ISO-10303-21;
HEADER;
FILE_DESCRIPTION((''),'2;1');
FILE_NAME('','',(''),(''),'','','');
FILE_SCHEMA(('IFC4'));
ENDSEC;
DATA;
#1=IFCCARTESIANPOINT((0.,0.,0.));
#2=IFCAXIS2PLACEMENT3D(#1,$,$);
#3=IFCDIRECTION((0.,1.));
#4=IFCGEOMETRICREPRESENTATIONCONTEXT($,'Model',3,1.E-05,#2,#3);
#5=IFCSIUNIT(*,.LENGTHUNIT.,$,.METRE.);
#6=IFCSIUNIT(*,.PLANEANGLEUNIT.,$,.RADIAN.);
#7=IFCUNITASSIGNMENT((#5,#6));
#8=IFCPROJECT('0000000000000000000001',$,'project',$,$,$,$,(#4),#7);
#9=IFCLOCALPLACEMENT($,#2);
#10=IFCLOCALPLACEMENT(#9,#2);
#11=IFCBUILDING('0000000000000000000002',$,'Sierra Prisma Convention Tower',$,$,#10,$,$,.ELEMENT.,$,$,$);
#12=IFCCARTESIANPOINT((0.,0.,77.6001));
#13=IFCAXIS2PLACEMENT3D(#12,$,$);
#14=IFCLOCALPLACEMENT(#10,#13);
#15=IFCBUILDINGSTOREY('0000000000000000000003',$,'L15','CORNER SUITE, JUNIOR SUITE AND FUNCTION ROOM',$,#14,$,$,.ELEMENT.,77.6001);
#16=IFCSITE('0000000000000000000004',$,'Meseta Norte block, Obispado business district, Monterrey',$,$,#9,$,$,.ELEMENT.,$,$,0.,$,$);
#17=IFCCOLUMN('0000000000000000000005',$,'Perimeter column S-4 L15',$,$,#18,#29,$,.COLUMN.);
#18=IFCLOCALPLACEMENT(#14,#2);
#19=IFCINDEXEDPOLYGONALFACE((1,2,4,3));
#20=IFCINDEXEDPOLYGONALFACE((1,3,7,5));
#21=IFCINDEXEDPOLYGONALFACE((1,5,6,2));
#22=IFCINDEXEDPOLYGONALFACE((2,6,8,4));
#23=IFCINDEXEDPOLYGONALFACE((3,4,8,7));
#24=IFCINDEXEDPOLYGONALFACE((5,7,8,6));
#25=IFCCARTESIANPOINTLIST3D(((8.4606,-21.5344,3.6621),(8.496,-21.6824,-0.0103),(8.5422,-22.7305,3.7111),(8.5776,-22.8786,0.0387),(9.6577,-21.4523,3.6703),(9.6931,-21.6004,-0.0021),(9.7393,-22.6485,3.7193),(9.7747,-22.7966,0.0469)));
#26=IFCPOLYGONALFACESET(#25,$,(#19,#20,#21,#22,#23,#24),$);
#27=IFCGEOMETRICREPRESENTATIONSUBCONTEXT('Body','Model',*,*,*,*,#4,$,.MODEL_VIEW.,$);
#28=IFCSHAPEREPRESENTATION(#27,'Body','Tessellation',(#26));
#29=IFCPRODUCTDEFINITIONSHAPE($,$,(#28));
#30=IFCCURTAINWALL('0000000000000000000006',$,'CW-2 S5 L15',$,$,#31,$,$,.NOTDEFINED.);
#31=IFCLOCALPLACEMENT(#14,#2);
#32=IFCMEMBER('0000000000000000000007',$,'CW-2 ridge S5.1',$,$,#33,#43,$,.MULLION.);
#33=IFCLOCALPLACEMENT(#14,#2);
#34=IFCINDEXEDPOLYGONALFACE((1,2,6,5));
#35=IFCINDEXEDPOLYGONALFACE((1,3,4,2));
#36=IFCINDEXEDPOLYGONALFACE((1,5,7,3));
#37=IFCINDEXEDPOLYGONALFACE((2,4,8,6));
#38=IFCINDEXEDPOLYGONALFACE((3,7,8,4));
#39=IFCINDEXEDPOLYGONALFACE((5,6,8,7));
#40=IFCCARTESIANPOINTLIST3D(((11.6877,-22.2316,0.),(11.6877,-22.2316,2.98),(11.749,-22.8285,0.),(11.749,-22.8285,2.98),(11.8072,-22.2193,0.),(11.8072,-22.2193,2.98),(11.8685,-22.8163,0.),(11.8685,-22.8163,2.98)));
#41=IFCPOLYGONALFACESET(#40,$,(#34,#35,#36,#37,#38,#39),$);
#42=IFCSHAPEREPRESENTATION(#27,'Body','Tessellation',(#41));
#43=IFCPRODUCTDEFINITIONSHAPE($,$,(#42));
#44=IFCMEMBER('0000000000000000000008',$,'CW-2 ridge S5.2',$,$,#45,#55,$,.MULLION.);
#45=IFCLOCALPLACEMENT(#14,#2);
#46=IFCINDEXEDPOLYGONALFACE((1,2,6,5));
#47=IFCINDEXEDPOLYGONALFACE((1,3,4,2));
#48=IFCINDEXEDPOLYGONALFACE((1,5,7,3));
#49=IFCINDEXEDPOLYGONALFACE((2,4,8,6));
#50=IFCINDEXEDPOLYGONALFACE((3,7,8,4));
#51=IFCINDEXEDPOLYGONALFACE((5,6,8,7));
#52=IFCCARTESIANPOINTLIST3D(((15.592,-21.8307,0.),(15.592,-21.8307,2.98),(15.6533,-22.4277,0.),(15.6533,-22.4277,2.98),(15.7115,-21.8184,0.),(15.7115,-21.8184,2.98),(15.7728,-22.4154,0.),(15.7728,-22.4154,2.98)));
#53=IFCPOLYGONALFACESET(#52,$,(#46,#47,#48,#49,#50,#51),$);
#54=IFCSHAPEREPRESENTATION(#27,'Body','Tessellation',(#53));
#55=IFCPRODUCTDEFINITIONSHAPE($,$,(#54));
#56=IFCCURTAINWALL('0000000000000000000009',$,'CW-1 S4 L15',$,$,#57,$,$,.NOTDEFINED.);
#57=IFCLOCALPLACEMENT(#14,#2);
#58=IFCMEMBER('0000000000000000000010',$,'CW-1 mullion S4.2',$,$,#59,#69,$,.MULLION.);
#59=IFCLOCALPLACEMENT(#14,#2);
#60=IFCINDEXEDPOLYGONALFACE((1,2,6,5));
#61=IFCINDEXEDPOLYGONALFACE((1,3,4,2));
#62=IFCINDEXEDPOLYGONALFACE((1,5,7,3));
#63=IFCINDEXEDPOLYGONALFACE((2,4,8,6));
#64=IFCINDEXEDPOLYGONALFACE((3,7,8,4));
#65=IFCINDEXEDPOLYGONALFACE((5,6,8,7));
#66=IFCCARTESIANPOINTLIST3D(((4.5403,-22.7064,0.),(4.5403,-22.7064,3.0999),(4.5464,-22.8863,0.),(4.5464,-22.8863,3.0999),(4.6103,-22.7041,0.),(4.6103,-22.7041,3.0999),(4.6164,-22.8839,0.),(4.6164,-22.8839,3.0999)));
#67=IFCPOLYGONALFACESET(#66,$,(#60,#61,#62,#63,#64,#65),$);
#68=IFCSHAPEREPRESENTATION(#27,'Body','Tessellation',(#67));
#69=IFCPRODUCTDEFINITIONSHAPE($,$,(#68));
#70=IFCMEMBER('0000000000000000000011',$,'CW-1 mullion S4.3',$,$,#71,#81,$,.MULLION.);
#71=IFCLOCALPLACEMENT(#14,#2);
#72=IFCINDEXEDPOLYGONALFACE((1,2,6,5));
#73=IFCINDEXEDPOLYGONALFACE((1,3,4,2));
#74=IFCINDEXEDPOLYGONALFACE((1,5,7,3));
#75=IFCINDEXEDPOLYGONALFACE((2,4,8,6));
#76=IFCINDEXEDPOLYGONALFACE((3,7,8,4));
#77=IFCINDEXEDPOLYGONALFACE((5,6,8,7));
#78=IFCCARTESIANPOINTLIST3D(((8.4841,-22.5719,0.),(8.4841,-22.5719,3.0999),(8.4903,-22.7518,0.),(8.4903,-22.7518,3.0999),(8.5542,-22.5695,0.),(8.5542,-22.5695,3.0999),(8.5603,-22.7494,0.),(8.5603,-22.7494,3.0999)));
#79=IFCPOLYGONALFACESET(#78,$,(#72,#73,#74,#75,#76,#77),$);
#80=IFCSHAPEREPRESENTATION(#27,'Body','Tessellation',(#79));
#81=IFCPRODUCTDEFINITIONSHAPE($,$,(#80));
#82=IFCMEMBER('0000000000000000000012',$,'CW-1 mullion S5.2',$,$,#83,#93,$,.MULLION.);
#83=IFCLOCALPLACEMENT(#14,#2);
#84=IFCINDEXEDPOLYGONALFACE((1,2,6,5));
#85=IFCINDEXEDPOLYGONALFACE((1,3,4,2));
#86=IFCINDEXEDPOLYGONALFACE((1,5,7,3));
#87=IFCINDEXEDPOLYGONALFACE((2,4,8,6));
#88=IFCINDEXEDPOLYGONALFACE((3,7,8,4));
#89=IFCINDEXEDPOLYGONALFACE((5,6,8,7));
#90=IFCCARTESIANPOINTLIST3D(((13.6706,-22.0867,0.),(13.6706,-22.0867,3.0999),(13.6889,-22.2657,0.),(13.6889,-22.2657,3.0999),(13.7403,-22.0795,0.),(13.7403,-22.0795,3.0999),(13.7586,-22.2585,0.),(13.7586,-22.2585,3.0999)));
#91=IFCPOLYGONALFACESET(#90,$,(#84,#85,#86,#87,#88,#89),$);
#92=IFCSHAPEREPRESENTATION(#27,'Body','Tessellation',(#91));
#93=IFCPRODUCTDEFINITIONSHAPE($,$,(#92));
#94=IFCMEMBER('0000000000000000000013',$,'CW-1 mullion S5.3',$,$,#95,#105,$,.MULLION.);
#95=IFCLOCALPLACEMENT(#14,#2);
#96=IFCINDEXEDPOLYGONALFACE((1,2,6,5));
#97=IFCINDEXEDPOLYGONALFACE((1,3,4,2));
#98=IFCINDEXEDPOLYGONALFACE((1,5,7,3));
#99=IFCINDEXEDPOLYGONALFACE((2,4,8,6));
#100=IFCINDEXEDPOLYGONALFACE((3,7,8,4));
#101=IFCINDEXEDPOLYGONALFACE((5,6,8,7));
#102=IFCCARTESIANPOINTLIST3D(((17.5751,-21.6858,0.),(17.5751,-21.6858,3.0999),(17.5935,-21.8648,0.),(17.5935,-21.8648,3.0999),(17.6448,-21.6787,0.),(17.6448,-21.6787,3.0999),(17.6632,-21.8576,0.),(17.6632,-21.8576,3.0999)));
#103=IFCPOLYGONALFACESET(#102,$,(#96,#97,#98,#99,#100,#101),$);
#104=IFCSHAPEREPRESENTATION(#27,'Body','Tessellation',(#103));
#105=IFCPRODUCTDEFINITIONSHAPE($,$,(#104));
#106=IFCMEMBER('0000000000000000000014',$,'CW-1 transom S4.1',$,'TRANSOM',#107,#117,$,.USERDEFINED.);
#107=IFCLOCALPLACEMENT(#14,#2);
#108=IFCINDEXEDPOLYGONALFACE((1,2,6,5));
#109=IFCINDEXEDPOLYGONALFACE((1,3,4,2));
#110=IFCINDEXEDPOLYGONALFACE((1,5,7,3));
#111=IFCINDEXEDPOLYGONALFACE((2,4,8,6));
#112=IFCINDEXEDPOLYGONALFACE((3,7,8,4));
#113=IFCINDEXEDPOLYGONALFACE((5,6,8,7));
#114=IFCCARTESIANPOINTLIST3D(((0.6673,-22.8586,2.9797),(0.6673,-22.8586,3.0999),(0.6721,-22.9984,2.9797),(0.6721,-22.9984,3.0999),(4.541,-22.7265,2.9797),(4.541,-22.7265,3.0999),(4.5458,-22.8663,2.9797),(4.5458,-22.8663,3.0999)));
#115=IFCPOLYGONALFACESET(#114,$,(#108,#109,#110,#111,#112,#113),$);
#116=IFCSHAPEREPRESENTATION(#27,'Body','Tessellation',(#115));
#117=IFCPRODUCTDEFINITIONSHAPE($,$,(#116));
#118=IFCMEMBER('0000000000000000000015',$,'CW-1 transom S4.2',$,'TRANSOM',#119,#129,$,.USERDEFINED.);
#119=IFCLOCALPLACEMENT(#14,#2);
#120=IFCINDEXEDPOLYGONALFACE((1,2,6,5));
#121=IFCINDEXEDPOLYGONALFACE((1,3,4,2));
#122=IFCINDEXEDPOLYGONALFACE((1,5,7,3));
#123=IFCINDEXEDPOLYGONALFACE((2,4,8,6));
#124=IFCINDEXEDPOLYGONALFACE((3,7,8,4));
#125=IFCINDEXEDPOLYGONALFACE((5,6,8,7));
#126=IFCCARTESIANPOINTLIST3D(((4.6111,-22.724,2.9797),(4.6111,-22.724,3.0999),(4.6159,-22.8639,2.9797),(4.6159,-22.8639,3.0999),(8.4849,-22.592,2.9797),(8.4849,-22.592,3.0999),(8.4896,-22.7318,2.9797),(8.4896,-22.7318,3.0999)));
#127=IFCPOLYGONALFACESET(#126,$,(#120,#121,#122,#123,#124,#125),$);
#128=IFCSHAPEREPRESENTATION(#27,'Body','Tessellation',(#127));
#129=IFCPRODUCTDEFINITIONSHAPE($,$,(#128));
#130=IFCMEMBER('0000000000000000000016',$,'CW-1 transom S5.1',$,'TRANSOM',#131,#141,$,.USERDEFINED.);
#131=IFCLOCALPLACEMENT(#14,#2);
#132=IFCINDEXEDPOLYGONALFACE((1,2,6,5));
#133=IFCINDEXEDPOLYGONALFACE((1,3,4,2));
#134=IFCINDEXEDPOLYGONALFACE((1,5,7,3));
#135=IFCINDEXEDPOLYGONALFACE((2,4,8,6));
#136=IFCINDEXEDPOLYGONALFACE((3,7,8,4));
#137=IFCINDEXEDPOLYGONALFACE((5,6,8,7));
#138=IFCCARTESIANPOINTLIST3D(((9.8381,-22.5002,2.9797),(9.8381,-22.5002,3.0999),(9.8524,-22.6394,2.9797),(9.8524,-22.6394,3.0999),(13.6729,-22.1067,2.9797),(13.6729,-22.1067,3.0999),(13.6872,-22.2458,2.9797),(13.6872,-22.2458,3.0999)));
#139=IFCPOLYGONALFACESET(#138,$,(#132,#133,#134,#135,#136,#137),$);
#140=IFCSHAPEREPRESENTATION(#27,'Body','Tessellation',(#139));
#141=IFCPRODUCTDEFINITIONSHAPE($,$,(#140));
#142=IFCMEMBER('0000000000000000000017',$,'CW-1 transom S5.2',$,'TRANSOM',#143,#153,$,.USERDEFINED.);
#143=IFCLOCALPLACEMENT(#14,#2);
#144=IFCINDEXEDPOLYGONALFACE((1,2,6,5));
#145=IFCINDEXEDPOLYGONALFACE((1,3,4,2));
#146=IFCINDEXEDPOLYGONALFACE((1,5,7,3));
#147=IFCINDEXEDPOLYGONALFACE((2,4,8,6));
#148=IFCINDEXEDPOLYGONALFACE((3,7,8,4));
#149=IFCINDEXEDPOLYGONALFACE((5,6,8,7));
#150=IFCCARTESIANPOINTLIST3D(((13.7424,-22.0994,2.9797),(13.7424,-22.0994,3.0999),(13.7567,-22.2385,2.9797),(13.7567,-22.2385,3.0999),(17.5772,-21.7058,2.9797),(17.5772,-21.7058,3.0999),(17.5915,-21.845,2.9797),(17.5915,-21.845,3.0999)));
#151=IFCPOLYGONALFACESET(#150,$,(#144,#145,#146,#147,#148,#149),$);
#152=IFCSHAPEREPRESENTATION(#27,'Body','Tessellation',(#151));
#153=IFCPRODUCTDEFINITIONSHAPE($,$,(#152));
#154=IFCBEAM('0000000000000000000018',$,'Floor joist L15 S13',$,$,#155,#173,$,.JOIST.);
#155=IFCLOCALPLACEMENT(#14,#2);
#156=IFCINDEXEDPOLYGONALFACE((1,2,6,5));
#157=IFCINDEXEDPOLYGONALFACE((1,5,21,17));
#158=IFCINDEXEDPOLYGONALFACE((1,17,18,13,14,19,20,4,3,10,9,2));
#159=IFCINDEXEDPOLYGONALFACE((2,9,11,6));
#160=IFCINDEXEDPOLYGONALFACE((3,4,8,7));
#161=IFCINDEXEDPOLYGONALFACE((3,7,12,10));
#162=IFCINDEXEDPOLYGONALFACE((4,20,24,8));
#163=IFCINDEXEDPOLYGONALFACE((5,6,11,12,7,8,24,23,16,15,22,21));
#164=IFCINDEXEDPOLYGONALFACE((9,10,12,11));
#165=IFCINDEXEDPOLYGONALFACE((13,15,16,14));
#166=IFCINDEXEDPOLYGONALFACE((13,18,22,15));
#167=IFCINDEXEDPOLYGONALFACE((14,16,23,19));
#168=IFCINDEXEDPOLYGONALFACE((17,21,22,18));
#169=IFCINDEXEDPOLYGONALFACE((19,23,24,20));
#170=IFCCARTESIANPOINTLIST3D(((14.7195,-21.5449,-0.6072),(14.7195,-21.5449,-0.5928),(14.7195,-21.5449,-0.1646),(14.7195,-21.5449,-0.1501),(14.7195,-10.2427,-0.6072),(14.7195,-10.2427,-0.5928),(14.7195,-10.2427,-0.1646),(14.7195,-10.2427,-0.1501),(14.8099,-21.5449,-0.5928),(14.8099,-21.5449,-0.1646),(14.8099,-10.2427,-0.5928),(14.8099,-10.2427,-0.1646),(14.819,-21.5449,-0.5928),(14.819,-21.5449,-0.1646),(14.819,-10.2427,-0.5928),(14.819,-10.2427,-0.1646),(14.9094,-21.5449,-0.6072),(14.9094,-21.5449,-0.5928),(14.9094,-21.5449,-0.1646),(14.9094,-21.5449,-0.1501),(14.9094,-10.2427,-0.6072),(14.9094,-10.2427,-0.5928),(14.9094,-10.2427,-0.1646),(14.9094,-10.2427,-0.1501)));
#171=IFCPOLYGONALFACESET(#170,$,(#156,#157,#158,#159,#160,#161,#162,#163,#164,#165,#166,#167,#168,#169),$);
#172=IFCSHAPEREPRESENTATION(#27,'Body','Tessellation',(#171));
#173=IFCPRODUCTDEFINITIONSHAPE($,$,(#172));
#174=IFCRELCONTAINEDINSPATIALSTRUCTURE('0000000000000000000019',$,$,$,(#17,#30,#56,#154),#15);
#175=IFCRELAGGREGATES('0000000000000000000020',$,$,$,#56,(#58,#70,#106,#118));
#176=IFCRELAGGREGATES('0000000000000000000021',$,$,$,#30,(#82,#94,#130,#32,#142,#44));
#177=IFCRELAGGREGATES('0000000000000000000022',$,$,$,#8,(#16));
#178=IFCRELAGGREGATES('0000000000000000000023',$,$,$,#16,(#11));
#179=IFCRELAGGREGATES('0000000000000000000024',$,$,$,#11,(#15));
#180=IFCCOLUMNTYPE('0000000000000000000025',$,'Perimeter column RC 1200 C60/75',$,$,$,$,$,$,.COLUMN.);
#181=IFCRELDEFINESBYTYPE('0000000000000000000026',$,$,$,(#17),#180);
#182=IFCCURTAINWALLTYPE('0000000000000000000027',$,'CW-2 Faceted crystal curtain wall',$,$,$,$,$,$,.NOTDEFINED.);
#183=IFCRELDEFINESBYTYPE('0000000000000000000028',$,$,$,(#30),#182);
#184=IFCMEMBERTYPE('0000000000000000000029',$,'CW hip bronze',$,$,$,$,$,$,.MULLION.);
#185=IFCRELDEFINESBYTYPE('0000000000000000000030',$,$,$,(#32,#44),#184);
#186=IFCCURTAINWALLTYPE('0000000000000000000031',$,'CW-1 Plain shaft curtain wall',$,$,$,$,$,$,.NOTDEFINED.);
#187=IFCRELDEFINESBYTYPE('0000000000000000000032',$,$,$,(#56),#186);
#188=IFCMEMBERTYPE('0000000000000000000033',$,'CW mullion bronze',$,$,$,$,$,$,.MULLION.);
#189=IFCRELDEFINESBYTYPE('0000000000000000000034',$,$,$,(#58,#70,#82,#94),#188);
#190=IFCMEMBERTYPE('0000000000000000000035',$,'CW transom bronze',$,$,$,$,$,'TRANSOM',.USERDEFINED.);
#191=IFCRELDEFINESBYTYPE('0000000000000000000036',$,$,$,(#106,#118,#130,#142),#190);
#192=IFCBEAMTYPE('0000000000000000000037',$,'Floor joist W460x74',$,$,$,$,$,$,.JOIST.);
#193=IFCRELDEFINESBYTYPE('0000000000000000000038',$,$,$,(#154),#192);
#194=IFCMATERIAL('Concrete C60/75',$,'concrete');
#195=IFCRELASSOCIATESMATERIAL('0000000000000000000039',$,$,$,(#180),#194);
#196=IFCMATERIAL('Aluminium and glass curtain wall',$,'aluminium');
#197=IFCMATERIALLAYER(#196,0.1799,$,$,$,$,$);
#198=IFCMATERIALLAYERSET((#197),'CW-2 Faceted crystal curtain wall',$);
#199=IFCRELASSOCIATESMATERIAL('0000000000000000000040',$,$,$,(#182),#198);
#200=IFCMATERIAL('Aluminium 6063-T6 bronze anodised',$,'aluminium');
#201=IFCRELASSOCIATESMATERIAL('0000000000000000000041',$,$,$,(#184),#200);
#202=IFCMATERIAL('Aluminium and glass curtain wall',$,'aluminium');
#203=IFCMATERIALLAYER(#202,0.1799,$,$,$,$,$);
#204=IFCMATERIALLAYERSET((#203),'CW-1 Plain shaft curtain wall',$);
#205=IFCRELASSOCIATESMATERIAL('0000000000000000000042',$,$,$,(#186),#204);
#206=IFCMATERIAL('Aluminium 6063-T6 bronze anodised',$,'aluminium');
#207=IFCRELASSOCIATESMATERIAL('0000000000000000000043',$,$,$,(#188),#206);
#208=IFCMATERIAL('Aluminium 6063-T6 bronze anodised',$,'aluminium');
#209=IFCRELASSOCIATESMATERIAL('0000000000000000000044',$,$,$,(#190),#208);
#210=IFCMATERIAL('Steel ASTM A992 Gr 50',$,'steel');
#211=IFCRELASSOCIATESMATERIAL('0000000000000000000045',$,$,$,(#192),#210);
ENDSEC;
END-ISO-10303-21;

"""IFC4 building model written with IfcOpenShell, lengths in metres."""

from ifc_helpers import new_model, si_unit, direction, frame, origin, origin_2d, place, context, subcontext, project, spatial, rectangle, i_section, extrude, clip, halfspace, material, layer, layer_set, material_profile, profile_set, type_object, element, aggregate, save


model = new_model("IFC4")

# Units and contexts
model_context = context("Model", 3, precision=1e-05, world=origin(), true_north=direction((0.0, 1.0)))
body_context = subcontext(model_context, "Body", "Model", "MODEL_VIEW")
ifc_project = project(units=[si_unit("LENGTHUNIT", "METRE"), si_unit("PLANEANGLEUNIT", "RADIAN")], contexts=[model_context])

# Site, building, storey
site_placement = place(None, origin())
site = spatial("IfcSite", under=ifc_project, at=site_placement, Name="Meseta Norte block, Obispado business district, Monterrey", CompositionType="ELEMENT", RefElevation=0.0)
building_placement = place(site_placement, origin())
building = spatial("IfcBuilding", under=site, at=building_placement, Name="Sierra Prisma Convention Tower", CompositionType="ELEMENT")
storey_placement = place(building_placement, frame((0.0, 0.0, 77.6001)))
storey = spatial("IfcBuildingStorey", under=building, at=storey_placement, Name="L15", Description="CORNER SUITE, JUNIOR SUITE AND FUNCTION ROOM", CompositionType="ELEMENT", Elevation=77.6001)

# Column
ifc_material_1 = material(Name="Concrete C60/75", Category="concrete")
ifc_material_profile_1 = material_profile(ifc_material_1, rectangle(XDim=1.2, YDim=1.2, at=origin_2d()), Name="Perimeter column RC 1200 C60/75")
ifc_profile_set_1 = profile_set([ifc_material_profile_1], Name="Concrete C60/75")
column_type = type_object("IfcColumnType", Name="Perimeter column RC 1200 C60/75", PredefinedType="COLUMN", material=ifc_profile_set_1)
column_placement = place(storey_placement, frame((9.1355, -22.2402, 0.0), z_axis=(-0.009626, 0.040282, 0.999142), x_axis=(0.997638, 0.068354, 0.006855)))
element("IfcColumn", 1, at=column_placement, inside=storey, type_object=column_type, Name="Perimeter column S-4 L15", PredefinedType="COLUMN", context=body_context, shape_type="SweptSolid", body=[
    clip(clip(extrude(rectangle(XDim=1.2, YDim=1.2, at=origin_2d()), origin(), (0.0, 0.0, 1.0), 3.7031), halfspace(frame((0.0, 0.0, 0.0183)), True)), halfspace(frame((0.0, 0.0, 3.6938)), False)),
])

# Curtain walls, members
ifc_material_2 = material(Name="Aluminium and glass curtain wall", Category="aluminium")
ifc_layer_1 = layer(ifc_material_2, 0.1799)
ifc_layer_set_1 = layer_set([ifc_layer_1], Name="CW-2 Faceted crystal curtain wall")
curtain_wall_type_1 = type_object("IfcCurtainWallType", Name="CW-2 Faceted crystal curtain wall", PredefinedType="NOTDEFINED", material=ifc_layer_set_1)
curtain_wall_1_placement = place(storey_placement, origin())
curtain_wall_1 = element("IfcCurtainWall", 2, at=curtain_wall_1_placement, inside=storey, type_object=curtain_wall_type_1, Name="CW-2 S5 L15", PredefinedType="NOTDEFINED")
ifc_material_3 = material(Name="Aluminium 6063-T6 bronze anodised", Category="aluminium")
ifc_material_profile_2 = material_profile(ifc_material_3, rectangle(XDim=0.1201, YDim=0.6001, at=origin_2d()), Name="ALU RIDGE BLADE 120x600")
ifc_profile_set_2 = profile_set([ifc_material_profile_2], Name="Aluminium 6063-T6 bronze anodised")
member_type_1 = type_object("IfcMemberType", Name="CW hip bronze", PredefinedType="MULLION", material=ifc_profile_set_2)
member_1_placement = place(storey_placement, frame((11.7781, -22.5239, 0.0), z_axis=(0.0, 0.0, 1.0), x_axis=(0.994773, 0.102112, 0.0)))
member_1 = element("IfcMember", 3, at=member_1_placement, type_object=member_type_1, Name="CW-2 ridge S5.1", PredefinedType="MULLION", context=body_context, shape_type="SweptSolid", body=[
    extrude(rectangle(XDim=0.1201, YDim=0.6001, at=origin_2d()), origin(), (0.0, 0.0, 1.0), 2.98),
])
member_2_placement = place(storey_placement, frame((15.6824, -22.123, 0.0), z_axis=(0.0, 0.0, 1.0), x_axis=(0.994773, 0.102112, 0.0)))
member_2 = element("IfcMember", 4, at=member_2_placement, type_object=member_type_1, Name="CW-2 ridge S5.2", PredefinedType="MULLION", context=body_context, shape_type="SweptSolid", body=[
    extrude(rectangle(XDim=0.1201, YDim=0.6001, at=origin_2d()), origin(), (0.0, 0.0, 1.0), 2.98),
])
ifc_material_4 = material(Name="Aluminium and glass curtain wall", Category="aluminium")
ifc_layer_2 = layer(ifc_material_4, 0.1799)
ifc_layer_set_2 = layer_set([ifc_layer_2], Name="CW-1 Plain shaft curtain wall")
curtain_wall_type_2 = type_object("IfcCurtainWallType", Name="CW-1 Plain shaft curtain wall", PredefinedType="NOTDEFINED", material=ifc_layer_set_2)
curtain_wall_2_placement = place(storey_placement, origin())
curtain_wall_2 = element("IfcCurtainWall", 5, at=curtain_wall_2_placement, inside=storey, type_object=curtain_wall_type_2, Name="CW-1 S4 L15", PredefinedType="NOTDEFINED")
ifc_material_5 = material(Name="Aluminium 6063-T6 bronze anodised", Category="aluminium")
ifc_material_profile_3 = material_profile(ifc_material_5, rectangle(XDim=0.1799, YDim=0.0701, at=origin_2d()), Name="ALU MULLION 70x180")
ifc_profile_set_3 = profile_set([ifc_material_profile_3], Name="Aluminium 6063-T6 bronze anodised")
member_type_2 = type_object("IfcMemberType", Name="CW mullion bronze", PredefinedType="MULLION", material=ifc_profile_set_3)
member_3_placement = place(storey_placement, frame((4.5784, -22.7952, 0.0), z_axis=(0.0, 0.0, 1.0), x_axis=(-0.03409, 0.999419, 0.0)))
member_3 = element("IfcMember", 6, at=member_3_placement, type_object=member_type_2, Name="CW-1 mullion S4.2", PredefinedType="MULLION", context=body_context, shape_type="SweptSolid", body=[
    extrude(rectangle(XDim=0.1799, YDim=0.0701, at=origin_2d()), origin(), (0.0, 0.0, 1.0), 3.0999),
])
member_4_placement = place(storey_placement, frame((8.5222, -22.6606, 0.0), z_axis=(0.0, 0.0, 1.0), x_axis=(-0.03409, 0.999419, 0.0)))
member_4 = element("IfcMember", 7, at=member_4_placement, type_object=member_type_2, Name="CW-1 mullion S4.3", PredefinedType="MULLION", context=body_context, shape_type="SweptSolid", body=[
    extrude(rectangle(XDim=0.1799, YDim=0.0701, at=origin_2d()), origin(), (0.0, 0.0, 1.0), 3.0999),
])

# Members
member_5_placement = place(storey_placement, frame((13.7146, -22.1726, 0.0), z_axis=(0.0, 0.0, 1.0), x_axis=(-0.102112, 0.994773, 0.0)))
member_5 = element("IfcMember", 8, at=member_5_placement, type_object=member_type_2, Name="CW-1 mullion S5.2", PredefinedType="MULLION", context=body_context, shape_type="SweptSolid", body=[
    extrude(rectangle(XDim=0.1799, YDim=0.0701, at=origin_2d()), origin(), (0.0, 0.0, 1.0), 3.0999),
])
member_6_placement = place(storey_placement, frame((17.6191, -21.7717, 0.0), z_axis=(0.0, 0.0, 1.0), x_axis=(-0.102112, 0.994773, 0.0)))
member_6 = element("IfcMember", 9, at=member_6_placement, type_object=member_type_2, Name="CW-1 mullion S5.3", PredefinedType="MULLION", context=body_context, shape_type="SweptSolid", body=[
    extrude(rectangle(XDim=0.1799, YDim=0.0701, at=origin_2d()), origin(), (0.0, 0.0, 1.0), 3.0999),
])
ifc_material_6 = material(Name="Aluminium 6063-T6 bronze anodised", Category="aluminium")
ifc_material_profile_4 = material_profile(ifc_material_6, rectangle(XDim=0.1399, YDim=0.1201, at=origin_2d()), Name="ALU TRANSOM 120x140")
ifc_profile_set_4 = profile_set([ifc_material_profile_4], Name="Aluminium 6063-T6 bronze anodised")
member_type_3 = type_object("IfcMemberType", Name="CW transom bronze", ElementType="TRANSOM", PredefinedType="USERDEFINED", material=ifc_profile_set_4)
member_7_placement = place(storey_placement, frame((0.6697, -22.9285, 3.0398), z_axis=(0.999419, 0.034076, 0.0), x_axis=(-0.034076, 0.999419, 0.0)))
member_7 = element("IfcMember", 10, at=member_7_placement, type_object=member_type_3, Name="CW-1 transom S4.1", ObjectType="TRANSOM", PredefinedType="USERDEFINED", context=body_context, shape_type="SweptSolid", body=[
    extrude(rectangle(XDim=0.1399, YDim=0.1201, at=origin_2d()), origin(), (0.0, 0.0, 1.0), 3.876),
])
member_8_placement = place(storey_placement, frame((4.6135, -22.7939, 3.0398), z_axis=(0.999419, 0.034076, 0.0), x_axis=(-0.034076, 0.999419, 0.0)))
member_8 = element("IfcMember", 11, at=member_8_placement, type_object=member_type_3, Name="CW-1 transom S4.2", ObjectType="TRANSOM", PredefinedType="USERDEFINED", context=body_context, shape_type="SweptSolid", body=[
    extrude(rectangle(XDim=0.1399, YDim=0.1201, at=origin_2d()), origin(), (0.0, 0.0, 1.0), 3.876),
])
member_9_placement = place(storey_placement, frame((9.8452, -22.5698, 3.0398), z_axis=(0.994775, 0.102093, 0.0), x_axis=(-0.102093, 0.994775, 0.0)))
member_9 = element("IfcMember", 12, at=member_9_placement, type_object=member_type_3, Name="CW-1 transom S5.1", ObjectType="TRANSOM", PredefinedType="USERDEFINED", context=body_context, shape_type="SweptSolid", body=[
    extrude(rectangle(XDim=0.1399, YDim=0.1201, at=origin_2d()), origin(), (0.0, 0.0, 1.0), 3.855),
])
member_10_placement = place(storey_placement, frame((13.7495, -22.1689, 3.0398), z_axis=(0.994775, 0.102093, 0.0), x_axis=(-0.102093, 0.994775, 0.0)))
member_10 = element("IfcMember", 13, at=member_10_placement, type_object=member_type_3, Name="CW-1 transom S5.2", ObjectType="TRANSOM", PredefinedType="USERDEFINED", context=body_context, shape_type="SweptSolid", body=[
    extrude(rectangle(XDim=0.1399, YDim=0.1201, at=origin_2d()), origin(), (0.0, 0.0, 1.0), 3.855),
])

# Beam
ifc_material_7 = material(Name="Steel ASTM A992 Gr 50", Category="steel")
ifc_material_profile_5 = material_profile(ifc_material_7, i_section(OverallWidth=0.1899, OverallDepth=0.457, WebThickness=0.009, FlangeThickness=0.0144, at=origin_2d()), Name="W460x74")
ifc_profile_set_5 = profile_set([ifc_material_profile_5], Name="Steel ASTM A992 Gr 50")
beam_type_1 = type_object("IfcBeamType", Name="Floor joist W460x74", PredefinedType="JOIST", material=ifc_profile_set_5)
beam_1_placement = place(storey_placement, frame((14.8145, -21.5449, -0.3787), z_axis=(0.0, 1.0, 0.0), x_axis=(-1.0, 0.0, 0.0)))
element("IfcBeam", 14, at=beam_1_placement, inside=storey, type_object=beam_type_1, Name="Floor joist L15 S13", PredefinedType="JOIST", context=body_context, shape_type="SweptSolid", body=[
    extrude(i_section(OverallWidth=0.1899, OverallDepth=0.457, WebThickness=0.009, FlangeThickness=0.0144, at=origin_2d()), origin(), (0.0, 0.0, 1.0), 11.3022),
])

aggregate(curtain_wall_2, [member_3, member_4, member_7, member_8])
aggregate(curtain_wall_1, [member_5, member_6, member_9, member_1, member_10, member_2])

save(model, "model.ifc")
